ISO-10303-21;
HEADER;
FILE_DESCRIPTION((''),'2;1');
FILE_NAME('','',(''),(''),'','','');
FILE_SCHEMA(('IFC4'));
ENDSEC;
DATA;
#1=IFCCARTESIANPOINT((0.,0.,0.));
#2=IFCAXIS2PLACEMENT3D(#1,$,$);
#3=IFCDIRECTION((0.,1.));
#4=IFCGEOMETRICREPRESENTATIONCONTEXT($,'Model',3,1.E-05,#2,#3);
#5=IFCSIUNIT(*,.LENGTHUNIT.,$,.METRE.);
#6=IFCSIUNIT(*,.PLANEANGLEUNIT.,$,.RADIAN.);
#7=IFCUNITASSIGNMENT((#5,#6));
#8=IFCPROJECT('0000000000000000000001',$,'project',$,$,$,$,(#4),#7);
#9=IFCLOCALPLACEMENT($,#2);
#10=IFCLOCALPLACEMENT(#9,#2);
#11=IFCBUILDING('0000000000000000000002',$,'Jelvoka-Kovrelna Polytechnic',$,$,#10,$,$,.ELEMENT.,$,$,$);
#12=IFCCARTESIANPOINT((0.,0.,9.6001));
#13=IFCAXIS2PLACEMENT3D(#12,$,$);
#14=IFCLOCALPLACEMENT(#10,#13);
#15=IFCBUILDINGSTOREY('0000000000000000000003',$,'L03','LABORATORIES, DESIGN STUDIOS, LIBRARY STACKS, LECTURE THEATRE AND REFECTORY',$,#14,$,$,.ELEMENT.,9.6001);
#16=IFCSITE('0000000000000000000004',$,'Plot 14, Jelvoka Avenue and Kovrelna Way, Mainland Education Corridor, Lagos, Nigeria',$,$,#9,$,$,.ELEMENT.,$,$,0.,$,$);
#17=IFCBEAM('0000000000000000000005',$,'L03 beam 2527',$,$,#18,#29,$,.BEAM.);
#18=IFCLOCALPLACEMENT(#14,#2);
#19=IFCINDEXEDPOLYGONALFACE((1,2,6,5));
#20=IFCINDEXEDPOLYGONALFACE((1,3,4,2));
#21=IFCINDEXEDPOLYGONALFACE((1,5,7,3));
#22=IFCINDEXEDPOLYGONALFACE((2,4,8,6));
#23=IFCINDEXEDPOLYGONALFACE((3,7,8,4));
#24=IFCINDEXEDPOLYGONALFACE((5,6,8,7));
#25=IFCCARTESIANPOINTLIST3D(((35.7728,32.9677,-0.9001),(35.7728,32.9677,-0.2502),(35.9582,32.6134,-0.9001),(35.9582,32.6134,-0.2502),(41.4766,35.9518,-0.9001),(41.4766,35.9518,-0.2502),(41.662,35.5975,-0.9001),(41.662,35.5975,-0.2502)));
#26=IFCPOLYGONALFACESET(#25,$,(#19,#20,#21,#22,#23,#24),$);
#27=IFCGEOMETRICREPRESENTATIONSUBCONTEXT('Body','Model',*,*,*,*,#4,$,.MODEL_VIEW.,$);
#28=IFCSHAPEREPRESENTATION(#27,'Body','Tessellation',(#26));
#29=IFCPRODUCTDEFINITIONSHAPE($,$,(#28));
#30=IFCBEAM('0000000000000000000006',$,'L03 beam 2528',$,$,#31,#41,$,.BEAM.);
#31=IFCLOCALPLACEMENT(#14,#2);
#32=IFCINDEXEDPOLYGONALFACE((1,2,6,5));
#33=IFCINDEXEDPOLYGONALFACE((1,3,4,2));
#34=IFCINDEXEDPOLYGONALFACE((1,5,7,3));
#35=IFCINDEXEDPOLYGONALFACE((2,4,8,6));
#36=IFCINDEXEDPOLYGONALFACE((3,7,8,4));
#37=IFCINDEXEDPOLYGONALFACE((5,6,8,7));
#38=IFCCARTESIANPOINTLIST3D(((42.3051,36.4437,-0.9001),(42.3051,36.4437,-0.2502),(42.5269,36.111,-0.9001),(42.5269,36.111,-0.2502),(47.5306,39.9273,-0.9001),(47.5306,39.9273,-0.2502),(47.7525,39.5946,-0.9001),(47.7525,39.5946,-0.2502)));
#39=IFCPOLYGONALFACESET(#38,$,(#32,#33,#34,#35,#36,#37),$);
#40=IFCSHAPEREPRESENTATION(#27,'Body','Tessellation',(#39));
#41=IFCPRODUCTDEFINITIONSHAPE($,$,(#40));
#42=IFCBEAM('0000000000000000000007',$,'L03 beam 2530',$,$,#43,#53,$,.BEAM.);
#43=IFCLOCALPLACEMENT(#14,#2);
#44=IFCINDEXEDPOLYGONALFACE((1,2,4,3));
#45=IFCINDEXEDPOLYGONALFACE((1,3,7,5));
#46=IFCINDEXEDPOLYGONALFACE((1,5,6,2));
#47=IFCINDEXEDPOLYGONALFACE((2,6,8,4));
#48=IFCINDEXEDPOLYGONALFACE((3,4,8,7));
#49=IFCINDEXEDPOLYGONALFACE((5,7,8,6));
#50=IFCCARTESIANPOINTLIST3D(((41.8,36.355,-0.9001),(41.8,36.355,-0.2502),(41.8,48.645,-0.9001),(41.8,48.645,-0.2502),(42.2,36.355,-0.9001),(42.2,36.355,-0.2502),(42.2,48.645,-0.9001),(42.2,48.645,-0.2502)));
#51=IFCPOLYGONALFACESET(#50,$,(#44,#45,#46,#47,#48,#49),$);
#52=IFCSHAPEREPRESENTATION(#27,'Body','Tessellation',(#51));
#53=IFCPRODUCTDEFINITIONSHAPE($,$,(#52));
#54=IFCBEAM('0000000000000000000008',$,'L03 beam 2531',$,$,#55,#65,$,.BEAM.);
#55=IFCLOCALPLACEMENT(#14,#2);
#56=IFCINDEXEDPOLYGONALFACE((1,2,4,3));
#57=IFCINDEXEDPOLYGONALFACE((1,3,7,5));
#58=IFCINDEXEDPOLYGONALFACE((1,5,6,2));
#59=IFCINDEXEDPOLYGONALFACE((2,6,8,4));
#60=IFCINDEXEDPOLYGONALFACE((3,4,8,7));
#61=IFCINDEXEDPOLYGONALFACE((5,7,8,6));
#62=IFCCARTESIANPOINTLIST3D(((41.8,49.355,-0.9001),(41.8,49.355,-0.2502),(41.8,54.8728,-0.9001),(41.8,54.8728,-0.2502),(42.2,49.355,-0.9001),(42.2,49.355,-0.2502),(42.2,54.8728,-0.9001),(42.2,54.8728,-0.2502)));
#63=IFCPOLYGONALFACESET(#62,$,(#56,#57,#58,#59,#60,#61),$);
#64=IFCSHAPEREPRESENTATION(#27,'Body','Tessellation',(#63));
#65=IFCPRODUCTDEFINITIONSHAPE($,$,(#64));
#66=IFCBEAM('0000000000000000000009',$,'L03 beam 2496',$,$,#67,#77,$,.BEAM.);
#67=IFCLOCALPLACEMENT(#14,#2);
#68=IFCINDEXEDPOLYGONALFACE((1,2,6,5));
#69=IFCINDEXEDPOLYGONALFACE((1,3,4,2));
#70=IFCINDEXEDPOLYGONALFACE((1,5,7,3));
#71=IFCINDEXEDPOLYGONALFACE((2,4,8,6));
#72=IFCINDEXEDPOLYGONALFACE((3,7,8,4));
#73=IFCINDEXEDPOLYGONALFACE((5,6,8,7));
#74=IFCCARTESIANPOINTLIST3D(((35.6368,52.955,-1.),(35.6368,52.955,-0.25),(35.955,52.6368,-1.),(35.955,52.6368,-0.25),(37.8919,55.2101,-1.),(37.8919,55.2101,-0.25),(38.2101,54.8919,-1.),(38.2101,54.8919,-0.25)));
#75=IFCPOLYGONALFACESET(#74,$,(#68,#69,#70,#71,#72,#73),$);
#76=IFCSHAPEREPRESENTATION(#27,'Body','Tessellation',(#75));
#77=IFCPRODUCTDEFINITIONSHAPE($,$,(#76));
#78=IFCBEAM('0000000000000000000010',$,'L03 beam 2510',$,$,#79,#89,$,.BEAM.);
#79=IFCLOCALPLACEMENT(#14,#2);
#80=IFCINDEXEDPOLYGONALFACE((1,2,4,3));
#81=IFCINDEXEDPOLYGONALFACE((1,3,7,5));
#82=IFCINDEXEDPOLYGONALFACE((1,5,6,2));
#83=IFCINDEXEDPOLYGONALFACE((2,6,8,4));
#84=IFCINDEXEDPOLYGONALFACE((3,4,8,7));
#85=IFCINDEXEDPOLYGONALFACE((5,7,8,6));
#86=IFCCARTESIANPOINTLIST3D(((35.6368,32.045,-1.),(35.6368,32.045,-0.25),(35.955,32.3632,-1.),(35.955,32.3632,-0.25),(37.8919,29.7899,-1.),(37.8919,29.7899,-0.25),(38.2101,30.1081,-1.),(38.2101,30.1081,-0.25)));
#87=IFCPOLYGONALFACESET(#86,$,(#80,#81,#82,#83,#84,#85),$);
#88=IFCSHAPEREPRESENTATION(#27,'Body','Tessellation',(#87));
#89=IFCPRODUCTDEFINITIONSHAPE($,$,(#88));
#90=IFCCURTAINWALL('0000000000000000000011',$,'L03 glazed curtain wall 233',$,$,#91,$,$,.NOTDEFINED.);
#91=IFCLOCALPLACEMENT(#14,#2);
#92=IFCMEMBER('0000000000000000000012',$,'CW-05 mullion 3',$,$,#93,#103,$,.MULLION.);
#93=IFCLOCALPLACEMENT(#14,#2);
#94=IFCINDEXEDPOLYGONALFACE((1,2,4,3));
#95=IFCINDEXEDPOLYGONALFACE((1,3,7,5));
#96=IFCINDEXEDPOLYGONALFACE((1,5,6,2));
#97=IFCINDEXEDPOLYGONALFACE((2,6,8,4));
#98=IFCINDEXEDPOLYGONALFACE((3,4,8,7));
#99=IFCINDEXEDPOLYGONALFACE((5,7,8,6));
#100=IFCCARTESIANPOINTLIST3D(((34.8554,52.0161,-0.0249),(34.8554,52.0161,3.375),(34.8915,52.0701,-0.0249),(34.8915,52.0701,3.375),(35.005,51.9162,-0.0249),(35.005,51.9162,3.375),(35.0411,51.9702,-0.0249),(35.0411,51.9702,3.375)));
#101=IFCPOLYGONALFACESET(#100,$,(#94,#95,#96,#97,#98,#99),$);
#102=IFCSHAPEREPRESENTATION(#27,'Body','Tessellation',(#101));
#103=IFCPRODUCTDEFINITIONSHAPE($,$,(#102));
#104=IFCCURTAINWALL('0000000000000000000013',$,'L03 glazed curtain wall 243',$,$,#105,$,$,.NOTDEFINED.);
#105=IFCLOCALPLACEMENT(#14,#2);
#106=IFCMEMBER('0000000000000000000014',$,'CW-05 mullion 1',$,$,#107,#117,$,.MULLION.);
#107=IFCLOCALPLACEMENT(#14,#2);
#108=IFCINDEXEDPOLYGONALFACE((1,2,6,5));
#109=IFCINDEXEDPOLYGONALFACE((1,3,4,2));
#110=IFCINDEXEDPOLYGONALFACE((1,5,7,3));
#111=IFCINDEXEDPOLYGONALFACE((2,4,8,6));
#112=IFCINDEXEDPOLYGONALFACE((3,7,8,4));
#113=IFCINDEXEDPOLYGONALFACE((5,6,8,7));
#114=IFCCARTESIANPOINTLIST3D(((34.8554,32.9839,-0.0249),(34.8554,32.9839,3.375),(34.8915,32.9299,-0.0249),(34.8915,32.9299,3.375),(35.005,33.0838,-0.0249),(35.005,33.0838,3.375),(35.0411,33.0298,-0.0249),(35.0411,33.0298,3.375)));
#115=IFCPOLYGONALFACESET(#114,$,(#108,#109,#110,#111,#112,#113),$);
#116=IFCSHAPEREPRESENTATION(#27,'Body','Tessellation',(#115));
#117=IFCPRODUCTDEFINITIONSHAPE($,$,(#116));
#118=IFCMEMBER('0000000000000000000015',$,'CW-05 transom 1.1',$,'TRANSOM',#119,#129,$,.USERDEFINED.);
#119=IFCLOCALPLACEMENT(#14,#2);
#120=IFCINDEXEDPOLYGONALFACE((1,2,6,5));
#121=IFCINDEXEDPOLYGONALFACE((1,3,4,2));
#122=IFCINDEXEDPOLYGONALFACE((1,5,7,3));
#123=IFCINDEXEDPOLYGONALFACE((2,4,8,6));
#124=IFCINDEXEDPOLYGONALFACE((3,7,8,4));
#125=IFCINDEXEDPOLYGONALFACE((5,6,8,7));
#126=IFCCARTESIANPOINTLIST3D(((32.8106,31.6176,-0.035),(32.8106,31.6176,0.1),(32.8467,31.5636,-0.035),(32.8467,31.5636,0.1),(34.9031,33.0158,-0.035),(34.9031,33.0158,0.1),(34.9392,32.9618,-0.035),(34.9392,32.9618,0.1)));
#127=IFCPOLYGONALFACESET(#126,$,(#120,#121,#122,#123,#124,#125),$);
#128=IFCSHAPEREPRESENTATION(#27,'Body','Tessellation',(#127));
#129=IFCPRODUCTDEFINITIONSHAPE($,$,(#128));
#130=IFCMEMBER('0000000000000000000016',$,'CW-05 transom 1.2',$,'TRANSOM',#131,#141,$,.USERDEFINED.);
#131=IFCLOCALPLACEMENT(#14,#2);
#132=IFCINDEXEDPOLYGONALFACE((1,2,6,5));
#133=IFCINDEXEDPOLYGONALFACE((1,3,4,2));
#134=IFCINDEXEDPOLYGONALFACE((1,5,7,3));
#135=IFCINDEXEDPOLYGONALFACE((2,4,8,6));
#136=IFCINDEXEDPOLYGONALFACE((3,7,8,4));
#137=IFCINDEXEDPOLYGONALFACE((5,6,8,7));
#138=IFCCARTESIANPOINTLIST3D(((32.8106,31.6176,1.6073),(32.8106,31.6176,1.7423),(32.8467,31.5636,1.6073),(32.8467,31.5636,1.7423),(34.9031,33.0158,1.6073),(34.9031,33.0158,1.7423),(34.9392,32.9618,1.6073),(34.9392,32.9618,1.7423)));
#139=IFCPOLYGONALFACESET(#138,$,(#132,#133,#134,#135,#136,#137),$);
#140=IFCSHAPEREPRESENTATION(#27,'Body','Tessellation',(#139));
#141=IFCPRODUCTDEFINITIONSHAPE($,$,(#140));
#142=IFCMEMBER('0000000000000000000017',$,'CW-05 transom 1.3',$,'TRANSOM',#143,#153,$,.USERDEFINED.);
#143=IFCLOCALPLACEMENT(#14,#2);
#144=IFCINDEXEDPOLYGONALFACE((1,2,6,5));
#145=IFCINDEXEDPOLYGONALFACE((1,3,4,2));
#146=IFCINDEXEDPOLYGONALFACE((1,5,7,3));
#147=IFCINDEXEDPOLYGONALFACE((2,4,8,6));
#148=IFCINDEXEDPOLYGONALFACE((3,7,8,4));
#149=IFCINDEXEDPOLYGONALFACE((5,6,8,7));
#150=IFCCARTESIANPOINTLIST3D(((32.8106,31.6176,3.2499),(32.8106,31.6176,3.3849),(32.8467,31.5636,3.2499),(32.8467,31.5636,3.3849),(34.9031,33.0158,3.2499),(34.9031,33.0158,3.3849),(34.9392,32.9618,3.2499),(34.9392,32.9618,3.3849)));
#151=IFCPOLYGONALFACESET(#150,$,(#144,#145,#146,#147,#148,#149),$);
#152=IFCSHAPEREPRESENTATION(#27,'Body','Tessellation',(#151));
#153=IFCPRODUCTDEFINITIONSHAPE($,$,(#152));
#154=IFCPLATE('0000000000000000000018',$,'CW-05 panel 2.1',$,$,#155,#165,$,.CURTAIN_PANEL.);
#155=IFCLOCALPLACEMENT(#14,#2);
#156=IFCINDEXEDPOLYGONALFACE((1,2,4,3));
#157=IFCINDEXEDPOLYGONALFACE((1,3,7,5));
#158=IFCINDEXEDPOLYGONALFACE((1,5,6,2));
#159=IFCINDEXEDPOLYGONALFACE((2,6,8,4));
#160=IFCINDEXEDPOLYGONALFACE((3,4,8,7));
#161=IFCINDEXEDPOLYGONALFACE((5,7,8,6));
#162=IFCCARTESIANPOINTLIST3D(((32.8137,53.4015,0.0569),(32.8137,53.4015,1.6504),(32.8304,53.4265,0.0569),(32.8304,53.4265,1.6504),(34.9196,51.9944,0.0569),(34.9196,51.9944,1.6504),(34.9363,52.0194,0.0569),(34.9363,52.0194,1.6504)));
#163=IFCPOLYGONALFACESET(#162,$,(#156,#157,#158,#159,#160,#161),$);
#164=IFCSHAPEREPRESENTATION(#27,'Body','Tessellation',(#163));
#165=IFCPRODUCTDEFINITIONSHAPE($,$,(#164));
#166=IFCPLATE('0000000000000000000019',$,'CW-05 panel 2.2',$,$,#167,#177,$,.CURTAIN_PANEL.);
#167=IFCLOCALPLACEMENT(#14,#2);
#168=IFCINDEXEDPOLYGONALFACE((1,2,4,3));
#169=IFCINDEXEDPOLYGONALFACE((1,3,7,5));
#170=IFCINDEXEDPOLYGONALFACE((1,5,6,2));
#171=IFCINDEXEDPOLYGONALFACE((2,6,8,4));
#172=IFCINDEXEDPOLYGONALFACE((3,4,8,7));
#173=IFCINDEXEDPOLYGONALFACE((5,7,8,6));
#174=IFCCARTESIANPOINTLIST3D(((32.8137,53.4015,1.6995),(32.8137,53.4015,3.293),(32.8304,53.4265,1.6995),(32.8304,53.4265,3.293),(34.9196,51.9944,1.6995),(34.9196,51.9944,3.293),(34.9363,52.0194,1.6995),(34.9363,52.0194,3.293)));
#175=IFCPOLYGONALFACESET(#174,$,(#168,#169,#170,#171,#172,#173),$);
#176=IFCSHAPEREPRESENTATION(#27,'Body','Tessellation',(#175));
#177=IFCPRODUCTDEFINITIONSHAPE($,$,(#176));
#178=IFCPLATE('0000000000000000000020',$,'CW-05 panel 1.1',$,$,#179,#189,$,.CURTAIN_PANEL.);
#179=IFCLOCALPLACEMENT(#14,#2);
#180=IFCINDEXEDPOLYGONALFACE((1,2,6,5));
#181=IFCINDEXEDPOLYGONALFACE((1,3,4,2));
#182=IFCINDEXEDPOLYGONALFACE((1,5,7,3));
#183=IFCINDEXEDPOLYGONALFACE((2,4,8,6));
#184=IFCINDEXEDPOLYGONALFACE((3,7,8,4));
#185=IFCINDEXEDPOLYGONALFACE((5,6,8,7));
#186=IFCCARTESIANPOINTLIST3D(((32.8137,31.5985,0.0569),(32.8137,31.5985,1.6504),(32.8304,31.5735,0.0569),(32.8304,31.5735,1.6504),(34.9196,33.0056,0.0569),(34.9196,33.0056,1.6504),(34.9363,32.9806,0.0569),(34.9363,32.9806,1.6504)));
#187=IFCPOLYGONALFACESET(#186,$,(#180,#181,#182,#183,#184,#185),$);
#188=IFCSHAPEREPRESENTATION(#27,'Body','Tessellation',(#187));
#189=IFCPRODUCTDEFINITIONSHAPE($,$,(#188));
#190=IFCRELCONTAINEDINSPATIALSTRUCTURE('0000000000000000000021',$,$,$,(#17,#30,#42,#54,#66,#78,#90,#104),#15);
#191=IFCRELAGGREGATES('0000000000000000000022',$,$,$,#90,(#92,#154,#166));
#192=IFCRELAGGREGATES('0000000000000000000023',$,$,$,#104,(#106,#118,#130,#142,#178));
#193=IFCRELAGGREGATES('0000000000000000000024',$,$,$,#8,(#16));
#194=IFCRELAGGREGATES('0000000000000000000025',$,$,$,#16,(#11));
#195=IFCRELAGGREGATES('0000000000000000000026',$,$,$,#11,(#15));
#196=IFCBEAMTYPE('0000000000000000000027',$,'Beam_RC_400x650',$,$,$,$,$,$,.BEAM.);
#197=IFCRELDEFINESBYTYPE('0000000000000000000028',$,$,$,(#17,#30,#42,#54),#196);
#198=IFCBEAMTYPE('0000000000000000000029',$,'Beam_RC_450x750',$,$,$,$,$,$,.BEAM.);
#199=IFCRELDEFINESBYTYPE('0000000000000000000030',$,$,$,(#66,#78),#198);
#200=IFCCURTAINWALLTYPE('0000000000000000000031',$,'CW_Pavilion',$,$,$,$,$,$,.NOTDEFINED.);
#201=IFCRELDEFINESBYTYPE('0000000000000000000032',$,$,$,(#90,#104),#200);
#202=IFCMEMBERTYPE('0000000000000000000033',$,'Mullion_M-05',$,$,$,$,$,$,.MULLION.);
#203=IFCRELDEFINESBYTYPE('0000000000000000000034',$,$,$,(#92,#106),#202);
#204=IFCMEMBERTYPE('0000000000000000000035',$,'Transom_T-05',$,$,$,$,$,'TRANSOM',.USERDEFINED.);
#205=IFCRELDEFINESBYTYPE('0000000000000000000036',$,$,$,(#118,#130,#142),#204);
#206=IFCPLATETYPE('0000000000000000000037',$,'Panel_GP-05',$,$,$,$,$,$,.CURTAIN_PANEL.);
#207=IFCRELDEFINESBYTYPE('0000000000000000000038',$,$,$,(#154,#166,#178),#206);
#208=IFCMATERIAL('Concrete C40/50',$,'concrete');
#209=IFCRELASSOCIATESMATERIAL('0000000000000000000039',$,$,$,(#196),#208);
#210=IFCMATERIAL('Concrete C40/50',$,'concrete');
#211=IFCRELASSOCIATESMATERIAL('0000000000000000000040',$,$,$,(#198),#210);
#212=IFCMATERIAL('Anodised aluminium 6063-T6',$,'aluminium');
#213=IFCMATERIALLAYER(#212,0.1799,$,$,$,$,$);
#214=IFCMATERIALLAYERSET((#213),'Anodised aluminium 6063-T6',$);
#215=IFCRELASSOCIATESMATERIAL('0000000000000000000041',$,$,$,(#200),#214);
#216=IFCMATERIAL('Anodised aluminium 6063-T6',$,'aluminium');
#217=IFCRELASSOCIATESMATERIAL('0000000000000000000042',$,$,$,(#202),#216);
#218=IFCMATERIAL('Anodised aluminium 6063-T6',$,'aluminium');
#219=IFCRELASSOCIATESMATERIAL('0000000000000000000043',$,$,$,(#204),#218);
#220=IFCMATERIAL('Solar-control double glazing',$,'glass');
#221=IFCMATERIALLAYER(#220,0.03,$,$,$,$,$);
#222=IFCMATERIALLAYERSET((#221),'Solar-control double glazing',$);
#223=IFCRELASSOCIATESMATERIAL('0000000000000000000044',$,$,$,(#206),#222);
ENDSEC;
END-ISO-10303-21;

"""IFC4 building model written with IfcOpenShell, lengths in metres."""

from ifc_helpers import new_model, si_unit, direction, frame, origin, origin_2d, place, context, subcontext, project, spatial, rectangle, extrude, material, layer, layer_set, material_profile, profile_set, type_object, element, aggregate, save


model = new_model("IFC4")

# Units and contexts
model_context = context("Model", 3, precision=1e-05, world=origin(), true_north=direction((0.0, 1.0)))
body_context = subcontext(model_context, "Body", "Model", "MODEL_VIEW")
ifc_project = project(units=[si_unit("LENGTHUNIT", "METRE"), si_unit("PLANEANGLEUNIT", "RADIAN")], contexts=[model_context])

# Site, building, storey
site_placement = place(None, origin())
site = spatial("IfcSite", under=ifc_project, at=site_placement, Name="Plot 14, Jelvoka Avenue and Kovrelna Way, Mainland Education Corridor, Lagos, Nigeria", CompositionType="ELEMENT", RefElevation=0.0)
building_placement = place(site_placement, origin())
building = spatial("IfcBuilding", under=site, at=building_placement, Name="Jelvoka-Kovrelna Polytechnic", CompositionType="ELEMENT")
storey_placement = place(building_placement, frame((0.0, 0.0, 9.6001)))
storey = spatial("IfcBuildingStorey", under=building, at=storey_placement, Name="L03", Description="LABORATORIES, DESIGN STUDIOS, LIBRARY STACKS, LECTURE THEATRE AND REFECTORY", CompositionType="ELEMENT", Elevation=9.6001)

# Beams
ifc_material_1 = material(Name="Concrete C40/50", Category="concrete")
ifc_material_profile_1 = material_profile(ifc_material_1, rectangle(XDim=0.3999, YDim=0.6499, at=origin_2d()), Name="RC 400x650")
ifc_profile_set_1 = profile_set([ifc_material_profile_1], Name="Concrete C40/50")
beam_type_1 = type_object("IfcBeamType", Name="Beam_RC_400x650", PredefinedType="BEAM", material=ifc_profile_set_1)
beam_1_placement = place(storey_placement, frame((35.8655, 32.7905, -0.5752), z_axis=(0.886062, 0.463568, 0.0), x_axis=(-0.463568, 0.886062, 0.0)))
element("IfcBeam", 1, at=beam_1_placement, inside=storey, type_object=beam_type_1, Name="L03 beam 2527", PredefinedType="BEAM", context=body_context, shape_type="SweptSolid", body=[
    extrude(rectangle(XDim=0.3999, YDim=0.6499, at=origin_2d()), origin(), (0.0, 0.0, 1.0), 6.4373),
])
beam_2_placement = place(storey_placement, frame((42.416, 36.2773, -0.5752), z_axis=(0.832056, 0.554691, 0.0), x_axis=(-0.554691, 0.832056, 0.0)))
element("IfcBeam", 2, at=beam_2_placement, inside=storey, type_object=beam_type_1, Name="L03 beam 2528", PredefinedType="BEAM", context=body_context, shape_type="SweptSolid", body=[
    extrude(rectangle(XDim=0.3999, YDim=0.6499, at=origin_2d()), origin(), (0.0, 0.0, 1.0), 6.2803),
])
beam_3_placement = place(storey_placement, frame((42.0, 36.355, -0.5752), z_axis=(0.0, 1.0, 0.0), x_axis=(-1.0, 0.0, 0.0)))
element("IfcBeam", 3, at=beam_3_placement, inside=storey, type_object=beam_type_1, Name="L03 beam 2530", PredefinedType="BEAM", context=body_context, shape_type="SweptSolid", body=[
    extrude(rectangle(XDim=0.3999, YDim=0.6499, at=origin_2d()), origin(), (0.0, 0.0, 1.0), 12.29),
])
beam_4_placement = place(storey_placement, frame((42.0, 49.355, -0.5752), z_axis=(0.0, 1.0, 0.0), x_axis=(-1.0, 0.0, 0.0)))
element("IfcBeam", 4, at=beam_4_placement, inside=storey, type_object=beam_type_1, Name="L03 beam 2531", PredefinedType="BEAM", context=body_context, shape_type="SweptSolid", body=[
    extrude(rectangle(XDim=0.3999, YDim=0.6499, at=origin_2d()), origin(), (0.0, 0.0, 1.0), 5.5178),
])
ifc_material_2 = material(Name="Concrete C40/50", Category="concrete")
ifc_material_profile_2 = material_profile(ifc_material_2, rectangle(XDim=0.45, YDim=0.75, at=origin_2d()), Name="RC 450x750")
ifc_profile_set_2 = profile_set([ifc_material_profile_2], Name="Concrete C40/50")
beam_type_2 = type_object("IfcBeamType", Name="Beam_RC_450x750", PredefinedType="BEAM", material=ifc_profile_set_2)
for number, where, z_axis, x_axis, name in (
    (5, (35.7959, 52.7959, -0.625), (0.707107, 0.707107, 0.0), (-0.707107, 0.707107, 0.0), "L03 beam 2496"),
    (6, (35.7959, 32.2041, -0.625), (0.707107, -0.707107, 0.0), (0.707107, 0.707107, 0.0), "L03 beam 2510"),
):
    element("IfcBeam", number, at=place(storey_placement, frame(where, z_axis=z_axis, x_axis=x_axis)), inside=storey, type_object=beam_type_2, Name=name, PredefinedType="BEAM", context=body_context, shape_type="SweptSolid", body=[
        extrude(rectangle(XDim=0.45, YDim=0.75, at=origin_2d()), origin(), (0.0, 0.0, 1.0), 3.1892),
    ])

# Curtain wall, member
ifc_material_3 = material(Name="Anodised aluminium 6063-T6", Category="aluminium")
ifc_layer_1 = layer(ifc_material_3, 0.1799)
ifc_layer_set_1 = layer_set([ifc_layer_1], Name="Anodised aluminium 6063-T6")
curtain_wall_type = type_object("IfcCurtainWallType", Name="CW_Pavilion", PredefinedType="NOTDEFINED", material=ifc_layer_set_1)
curtain_wall_1_placement = place(storey_placement, origin())
curtain_wall_1 = element("IfcCurtainWall", 7, at=curtain_wall_1_placement, inside=storey, type_object=curtain_wall_type, Name="L03 glazed curtain wall 233", PredefinedType="NOTDEFINED")
ifc_material_4 = material(Name="Anodised aluminium 6063-T6", Category="aluminium")
ifc_material_profile_3 = material_profile(ifc_material_4, rectangle(XDim=0.0649, YDim=0.1799, at=origin_2d()), Name="ALU 65x180")
ifc_profile_set_3 = profile_set([ifc_material_profile_3], Name="Anodised aluminium 6063-T6")
member_type_1 = type_object("IfcMemberType", Name="Mullion_M-05", PredefinedType="MULLION", material=ifc_profile_set_3)
member_1_placement = place(storey_placement, frame((34.9482, 51.9932, -0.0249), z_axis=(0.0, 0.0, 1.0), x_axis=(0.555583, 0.831461, 0.0)))
member_1 = element("IfcMember", 8, at=member_1_placement, type_object=member_type_1, Name="CW-05 mullion 3", PredefinedType="MULLION", context=body_context, shape_type="SweptSolid", body=[
    extrude(rectangle(XDim=0.0649, YDim=0.1799, at=origin_2d()), origin(), (0.0, 0.0, 1.0), 3.3999),
])

# Curtain wall, members
curtain_wall_2_placement = place(storey_placement, origin())
curtain_wall_2 = element("IfcCurtainWall", 9, at=curtain_wall_2_placement, inside=storey, type_object=curtain_wall_type, Name="L03 glazed curtain wall 243", PredefinedType="NOTDEFINED")
member_2_placement = place(storey_placement, frame((34.9482, 33.0068, -0.0249), z_axis=(0.0, 0.0, 1.0), x_axis=(0.555583, -0.831461, 0.0)))
member_2 = element("IfcMember", 10, at=member_2_placement, type_object=member_type_1, Name="CW-05 mullion 1", PredefinedType="MULLION", context=body_context, shape_type="SweptSolid", body=[
    extrude(rectangle(XDim=0.0649, YDim=0.1799, at=origin_2d()), origin(), (0.0, 0.0, 1.0), 3.3999),
])
ifc_material_5 = material(Name="Anodised aluminium 6063-T6", Category="aluminium")
ifc_material_profile_4 = material_profile(ifc_material_5, rectangle(XDim=0.0649, YDim=0.135, at=origin_2d()), Name="ALU 65x135")
ifc_profile_set_4 = profile_set([ifc_material_profile_4], Name="Anodised aluminium 6063-T6")
member_type_2 = type_object("IfcMemberType", Name="Transom_T-05", ElementType="TRANSOM", PredefinedType="USERDEFINED", material=ifc_profile_set_4)
member_3_placement = place(storey_placement, frame((34.9211, 32.9888, 0.0325), z_axis=(-0.831468, -0.555573, 0.0), x_axis=(0.555573, -0.831468, 0.0)))
member_3 = element("IfcMember", 11, at=member_3_placement, type_object=member_type_2, Name="CW-05 transom 1.1", ObjectType="TRANSOM", PredefinedType="USERDEFINED", context=body_context, shape_type="SweptSolid", body=[
    extrude(rectangle(XDim=0.0649, YDim=0.135, at=origin_2d()), origin(), (0.0, 0.0, 1.0), 2.5166),
])
member_4_placement = place(storey_placement, frame((34.9211, 32.9888, 1.6748), z_axis=(-0.831468, -0.555573, 0.0), x_axis=(0.555573, -0.831468, 0.0)))
member_4 = element("IfcMember", 12, at=member_4_placement, type_object=member_type_2, Name="CW-05 transom 1.2", ObjectType="TRANSOM", PredefinedType="USERDEFINED", context=body_context, shape_type="SweptSolid", body=[
    extrude(rectangle(XDim=0.0649, YDim=0.135, at=origin_2d()), origin(), (0.0, 0.0, 1.0), 2.5166),
])
member_5_placement = place(storey_placement, frame((34.9211, 32.9888, 3.3174), z_axis=(-0.831468, -0.555573, 0.0), x_axis=(0.555573, -0.831468, 0.0)))
member_5 = element("IfcMember", 13, at=member_5_placement, type_object=member_type_2, Name="CW-05 transom 1.3", ObjectType="TRANSOM", PredefinedType="USERDEFINED", context=body_context, shape_type="SweptSolid", body=[
    extrude(rectangle(XDim=0.0649, YDim=0.135, at=origin_2d()), origin(), (0.0, 0.0, 1.0), 2.5166),
])

# Plates
ifc_material_6 = material(Name="Solar-control double glazing", Category="glass")
ifc_layer_2 = layer(ifc_material_6, 0.03)
ifc_layer_set_2 = layer_set([ifc_layer_2], Name="Solar-control double glazing")
plate_type = type_object("IfcPlateType", Name="Panel_GP-05", PredefinedType="CURTAIN_PANEL", material=ifc_layer_set_2)
plate_1_placement = place(storey_placement, frame((33.875, 52.7104, 0.0569), z_axis=(0.0, 0.0, 1.0), x_axis=(0.831461, -0.555583, 0.0)))
plate_1 = element("IfcPlate", 14, at=plate_1_placement, type_object=plate_type, Name="CW-05 panel 2.1", PredefinedType="CURTAIN_PANEL", context=body_context, shape_type="SweptSolid", body=[
    extrude(rectangle(XDim=2.5327, YDim=0.03, at=origin_2d()), origin(), (0.0, 0.0, 1.0), 1.5935),
])
plate_2_placement = place(storey_placement, frame((33.875, 52.7104, 1.6995), z_axis=(0.0, 0.0, 1.0), x_axis=(0.831461, -0.555583, 0.0)))
plate_2 = element("IfcPlate", 15, at=plate_2_placement, type_object=plate_type, Name="CW-05 panel 2.2", PredefinedType="CURTAIN_PANEL", context=body_context, shape_type="SweptSolid", body=[
    extrude(rectangle(XDim=2.5327, YDim=0.03, at=origin_2d()), origin(), (0.0, 0.0, 1.0), 1.5935),
])
aggregate(curtain_wall_1, [member_1, plate_1, plate_2])
plate_3_placement = place(storey_placement, frame((33.875, 32.2896, 0.0569), z_axis=(0.0, 0.0, 1.0), x_axis=(-0.831461, -0.555583, 0.0)))
plate_3 = element("IfcPlate", 16, at=plate_3_placement, type_object=plate_type, Name="CW-05 panel 1.1", PredefinedType="CURTAIN_PANEL", context=body_context, shape_type="SweptSolid", body=[
    extrude(rectangle(XDim=2.5327, YDim=0.03, at=origin_2d()), origin(), (0.0, 0.0, 1.0), 1.5935),
])
aggregate(curtain_wall_2, [member_2, member_3, member_4, member_5, plate_3])

save(model, "model.ifc")
